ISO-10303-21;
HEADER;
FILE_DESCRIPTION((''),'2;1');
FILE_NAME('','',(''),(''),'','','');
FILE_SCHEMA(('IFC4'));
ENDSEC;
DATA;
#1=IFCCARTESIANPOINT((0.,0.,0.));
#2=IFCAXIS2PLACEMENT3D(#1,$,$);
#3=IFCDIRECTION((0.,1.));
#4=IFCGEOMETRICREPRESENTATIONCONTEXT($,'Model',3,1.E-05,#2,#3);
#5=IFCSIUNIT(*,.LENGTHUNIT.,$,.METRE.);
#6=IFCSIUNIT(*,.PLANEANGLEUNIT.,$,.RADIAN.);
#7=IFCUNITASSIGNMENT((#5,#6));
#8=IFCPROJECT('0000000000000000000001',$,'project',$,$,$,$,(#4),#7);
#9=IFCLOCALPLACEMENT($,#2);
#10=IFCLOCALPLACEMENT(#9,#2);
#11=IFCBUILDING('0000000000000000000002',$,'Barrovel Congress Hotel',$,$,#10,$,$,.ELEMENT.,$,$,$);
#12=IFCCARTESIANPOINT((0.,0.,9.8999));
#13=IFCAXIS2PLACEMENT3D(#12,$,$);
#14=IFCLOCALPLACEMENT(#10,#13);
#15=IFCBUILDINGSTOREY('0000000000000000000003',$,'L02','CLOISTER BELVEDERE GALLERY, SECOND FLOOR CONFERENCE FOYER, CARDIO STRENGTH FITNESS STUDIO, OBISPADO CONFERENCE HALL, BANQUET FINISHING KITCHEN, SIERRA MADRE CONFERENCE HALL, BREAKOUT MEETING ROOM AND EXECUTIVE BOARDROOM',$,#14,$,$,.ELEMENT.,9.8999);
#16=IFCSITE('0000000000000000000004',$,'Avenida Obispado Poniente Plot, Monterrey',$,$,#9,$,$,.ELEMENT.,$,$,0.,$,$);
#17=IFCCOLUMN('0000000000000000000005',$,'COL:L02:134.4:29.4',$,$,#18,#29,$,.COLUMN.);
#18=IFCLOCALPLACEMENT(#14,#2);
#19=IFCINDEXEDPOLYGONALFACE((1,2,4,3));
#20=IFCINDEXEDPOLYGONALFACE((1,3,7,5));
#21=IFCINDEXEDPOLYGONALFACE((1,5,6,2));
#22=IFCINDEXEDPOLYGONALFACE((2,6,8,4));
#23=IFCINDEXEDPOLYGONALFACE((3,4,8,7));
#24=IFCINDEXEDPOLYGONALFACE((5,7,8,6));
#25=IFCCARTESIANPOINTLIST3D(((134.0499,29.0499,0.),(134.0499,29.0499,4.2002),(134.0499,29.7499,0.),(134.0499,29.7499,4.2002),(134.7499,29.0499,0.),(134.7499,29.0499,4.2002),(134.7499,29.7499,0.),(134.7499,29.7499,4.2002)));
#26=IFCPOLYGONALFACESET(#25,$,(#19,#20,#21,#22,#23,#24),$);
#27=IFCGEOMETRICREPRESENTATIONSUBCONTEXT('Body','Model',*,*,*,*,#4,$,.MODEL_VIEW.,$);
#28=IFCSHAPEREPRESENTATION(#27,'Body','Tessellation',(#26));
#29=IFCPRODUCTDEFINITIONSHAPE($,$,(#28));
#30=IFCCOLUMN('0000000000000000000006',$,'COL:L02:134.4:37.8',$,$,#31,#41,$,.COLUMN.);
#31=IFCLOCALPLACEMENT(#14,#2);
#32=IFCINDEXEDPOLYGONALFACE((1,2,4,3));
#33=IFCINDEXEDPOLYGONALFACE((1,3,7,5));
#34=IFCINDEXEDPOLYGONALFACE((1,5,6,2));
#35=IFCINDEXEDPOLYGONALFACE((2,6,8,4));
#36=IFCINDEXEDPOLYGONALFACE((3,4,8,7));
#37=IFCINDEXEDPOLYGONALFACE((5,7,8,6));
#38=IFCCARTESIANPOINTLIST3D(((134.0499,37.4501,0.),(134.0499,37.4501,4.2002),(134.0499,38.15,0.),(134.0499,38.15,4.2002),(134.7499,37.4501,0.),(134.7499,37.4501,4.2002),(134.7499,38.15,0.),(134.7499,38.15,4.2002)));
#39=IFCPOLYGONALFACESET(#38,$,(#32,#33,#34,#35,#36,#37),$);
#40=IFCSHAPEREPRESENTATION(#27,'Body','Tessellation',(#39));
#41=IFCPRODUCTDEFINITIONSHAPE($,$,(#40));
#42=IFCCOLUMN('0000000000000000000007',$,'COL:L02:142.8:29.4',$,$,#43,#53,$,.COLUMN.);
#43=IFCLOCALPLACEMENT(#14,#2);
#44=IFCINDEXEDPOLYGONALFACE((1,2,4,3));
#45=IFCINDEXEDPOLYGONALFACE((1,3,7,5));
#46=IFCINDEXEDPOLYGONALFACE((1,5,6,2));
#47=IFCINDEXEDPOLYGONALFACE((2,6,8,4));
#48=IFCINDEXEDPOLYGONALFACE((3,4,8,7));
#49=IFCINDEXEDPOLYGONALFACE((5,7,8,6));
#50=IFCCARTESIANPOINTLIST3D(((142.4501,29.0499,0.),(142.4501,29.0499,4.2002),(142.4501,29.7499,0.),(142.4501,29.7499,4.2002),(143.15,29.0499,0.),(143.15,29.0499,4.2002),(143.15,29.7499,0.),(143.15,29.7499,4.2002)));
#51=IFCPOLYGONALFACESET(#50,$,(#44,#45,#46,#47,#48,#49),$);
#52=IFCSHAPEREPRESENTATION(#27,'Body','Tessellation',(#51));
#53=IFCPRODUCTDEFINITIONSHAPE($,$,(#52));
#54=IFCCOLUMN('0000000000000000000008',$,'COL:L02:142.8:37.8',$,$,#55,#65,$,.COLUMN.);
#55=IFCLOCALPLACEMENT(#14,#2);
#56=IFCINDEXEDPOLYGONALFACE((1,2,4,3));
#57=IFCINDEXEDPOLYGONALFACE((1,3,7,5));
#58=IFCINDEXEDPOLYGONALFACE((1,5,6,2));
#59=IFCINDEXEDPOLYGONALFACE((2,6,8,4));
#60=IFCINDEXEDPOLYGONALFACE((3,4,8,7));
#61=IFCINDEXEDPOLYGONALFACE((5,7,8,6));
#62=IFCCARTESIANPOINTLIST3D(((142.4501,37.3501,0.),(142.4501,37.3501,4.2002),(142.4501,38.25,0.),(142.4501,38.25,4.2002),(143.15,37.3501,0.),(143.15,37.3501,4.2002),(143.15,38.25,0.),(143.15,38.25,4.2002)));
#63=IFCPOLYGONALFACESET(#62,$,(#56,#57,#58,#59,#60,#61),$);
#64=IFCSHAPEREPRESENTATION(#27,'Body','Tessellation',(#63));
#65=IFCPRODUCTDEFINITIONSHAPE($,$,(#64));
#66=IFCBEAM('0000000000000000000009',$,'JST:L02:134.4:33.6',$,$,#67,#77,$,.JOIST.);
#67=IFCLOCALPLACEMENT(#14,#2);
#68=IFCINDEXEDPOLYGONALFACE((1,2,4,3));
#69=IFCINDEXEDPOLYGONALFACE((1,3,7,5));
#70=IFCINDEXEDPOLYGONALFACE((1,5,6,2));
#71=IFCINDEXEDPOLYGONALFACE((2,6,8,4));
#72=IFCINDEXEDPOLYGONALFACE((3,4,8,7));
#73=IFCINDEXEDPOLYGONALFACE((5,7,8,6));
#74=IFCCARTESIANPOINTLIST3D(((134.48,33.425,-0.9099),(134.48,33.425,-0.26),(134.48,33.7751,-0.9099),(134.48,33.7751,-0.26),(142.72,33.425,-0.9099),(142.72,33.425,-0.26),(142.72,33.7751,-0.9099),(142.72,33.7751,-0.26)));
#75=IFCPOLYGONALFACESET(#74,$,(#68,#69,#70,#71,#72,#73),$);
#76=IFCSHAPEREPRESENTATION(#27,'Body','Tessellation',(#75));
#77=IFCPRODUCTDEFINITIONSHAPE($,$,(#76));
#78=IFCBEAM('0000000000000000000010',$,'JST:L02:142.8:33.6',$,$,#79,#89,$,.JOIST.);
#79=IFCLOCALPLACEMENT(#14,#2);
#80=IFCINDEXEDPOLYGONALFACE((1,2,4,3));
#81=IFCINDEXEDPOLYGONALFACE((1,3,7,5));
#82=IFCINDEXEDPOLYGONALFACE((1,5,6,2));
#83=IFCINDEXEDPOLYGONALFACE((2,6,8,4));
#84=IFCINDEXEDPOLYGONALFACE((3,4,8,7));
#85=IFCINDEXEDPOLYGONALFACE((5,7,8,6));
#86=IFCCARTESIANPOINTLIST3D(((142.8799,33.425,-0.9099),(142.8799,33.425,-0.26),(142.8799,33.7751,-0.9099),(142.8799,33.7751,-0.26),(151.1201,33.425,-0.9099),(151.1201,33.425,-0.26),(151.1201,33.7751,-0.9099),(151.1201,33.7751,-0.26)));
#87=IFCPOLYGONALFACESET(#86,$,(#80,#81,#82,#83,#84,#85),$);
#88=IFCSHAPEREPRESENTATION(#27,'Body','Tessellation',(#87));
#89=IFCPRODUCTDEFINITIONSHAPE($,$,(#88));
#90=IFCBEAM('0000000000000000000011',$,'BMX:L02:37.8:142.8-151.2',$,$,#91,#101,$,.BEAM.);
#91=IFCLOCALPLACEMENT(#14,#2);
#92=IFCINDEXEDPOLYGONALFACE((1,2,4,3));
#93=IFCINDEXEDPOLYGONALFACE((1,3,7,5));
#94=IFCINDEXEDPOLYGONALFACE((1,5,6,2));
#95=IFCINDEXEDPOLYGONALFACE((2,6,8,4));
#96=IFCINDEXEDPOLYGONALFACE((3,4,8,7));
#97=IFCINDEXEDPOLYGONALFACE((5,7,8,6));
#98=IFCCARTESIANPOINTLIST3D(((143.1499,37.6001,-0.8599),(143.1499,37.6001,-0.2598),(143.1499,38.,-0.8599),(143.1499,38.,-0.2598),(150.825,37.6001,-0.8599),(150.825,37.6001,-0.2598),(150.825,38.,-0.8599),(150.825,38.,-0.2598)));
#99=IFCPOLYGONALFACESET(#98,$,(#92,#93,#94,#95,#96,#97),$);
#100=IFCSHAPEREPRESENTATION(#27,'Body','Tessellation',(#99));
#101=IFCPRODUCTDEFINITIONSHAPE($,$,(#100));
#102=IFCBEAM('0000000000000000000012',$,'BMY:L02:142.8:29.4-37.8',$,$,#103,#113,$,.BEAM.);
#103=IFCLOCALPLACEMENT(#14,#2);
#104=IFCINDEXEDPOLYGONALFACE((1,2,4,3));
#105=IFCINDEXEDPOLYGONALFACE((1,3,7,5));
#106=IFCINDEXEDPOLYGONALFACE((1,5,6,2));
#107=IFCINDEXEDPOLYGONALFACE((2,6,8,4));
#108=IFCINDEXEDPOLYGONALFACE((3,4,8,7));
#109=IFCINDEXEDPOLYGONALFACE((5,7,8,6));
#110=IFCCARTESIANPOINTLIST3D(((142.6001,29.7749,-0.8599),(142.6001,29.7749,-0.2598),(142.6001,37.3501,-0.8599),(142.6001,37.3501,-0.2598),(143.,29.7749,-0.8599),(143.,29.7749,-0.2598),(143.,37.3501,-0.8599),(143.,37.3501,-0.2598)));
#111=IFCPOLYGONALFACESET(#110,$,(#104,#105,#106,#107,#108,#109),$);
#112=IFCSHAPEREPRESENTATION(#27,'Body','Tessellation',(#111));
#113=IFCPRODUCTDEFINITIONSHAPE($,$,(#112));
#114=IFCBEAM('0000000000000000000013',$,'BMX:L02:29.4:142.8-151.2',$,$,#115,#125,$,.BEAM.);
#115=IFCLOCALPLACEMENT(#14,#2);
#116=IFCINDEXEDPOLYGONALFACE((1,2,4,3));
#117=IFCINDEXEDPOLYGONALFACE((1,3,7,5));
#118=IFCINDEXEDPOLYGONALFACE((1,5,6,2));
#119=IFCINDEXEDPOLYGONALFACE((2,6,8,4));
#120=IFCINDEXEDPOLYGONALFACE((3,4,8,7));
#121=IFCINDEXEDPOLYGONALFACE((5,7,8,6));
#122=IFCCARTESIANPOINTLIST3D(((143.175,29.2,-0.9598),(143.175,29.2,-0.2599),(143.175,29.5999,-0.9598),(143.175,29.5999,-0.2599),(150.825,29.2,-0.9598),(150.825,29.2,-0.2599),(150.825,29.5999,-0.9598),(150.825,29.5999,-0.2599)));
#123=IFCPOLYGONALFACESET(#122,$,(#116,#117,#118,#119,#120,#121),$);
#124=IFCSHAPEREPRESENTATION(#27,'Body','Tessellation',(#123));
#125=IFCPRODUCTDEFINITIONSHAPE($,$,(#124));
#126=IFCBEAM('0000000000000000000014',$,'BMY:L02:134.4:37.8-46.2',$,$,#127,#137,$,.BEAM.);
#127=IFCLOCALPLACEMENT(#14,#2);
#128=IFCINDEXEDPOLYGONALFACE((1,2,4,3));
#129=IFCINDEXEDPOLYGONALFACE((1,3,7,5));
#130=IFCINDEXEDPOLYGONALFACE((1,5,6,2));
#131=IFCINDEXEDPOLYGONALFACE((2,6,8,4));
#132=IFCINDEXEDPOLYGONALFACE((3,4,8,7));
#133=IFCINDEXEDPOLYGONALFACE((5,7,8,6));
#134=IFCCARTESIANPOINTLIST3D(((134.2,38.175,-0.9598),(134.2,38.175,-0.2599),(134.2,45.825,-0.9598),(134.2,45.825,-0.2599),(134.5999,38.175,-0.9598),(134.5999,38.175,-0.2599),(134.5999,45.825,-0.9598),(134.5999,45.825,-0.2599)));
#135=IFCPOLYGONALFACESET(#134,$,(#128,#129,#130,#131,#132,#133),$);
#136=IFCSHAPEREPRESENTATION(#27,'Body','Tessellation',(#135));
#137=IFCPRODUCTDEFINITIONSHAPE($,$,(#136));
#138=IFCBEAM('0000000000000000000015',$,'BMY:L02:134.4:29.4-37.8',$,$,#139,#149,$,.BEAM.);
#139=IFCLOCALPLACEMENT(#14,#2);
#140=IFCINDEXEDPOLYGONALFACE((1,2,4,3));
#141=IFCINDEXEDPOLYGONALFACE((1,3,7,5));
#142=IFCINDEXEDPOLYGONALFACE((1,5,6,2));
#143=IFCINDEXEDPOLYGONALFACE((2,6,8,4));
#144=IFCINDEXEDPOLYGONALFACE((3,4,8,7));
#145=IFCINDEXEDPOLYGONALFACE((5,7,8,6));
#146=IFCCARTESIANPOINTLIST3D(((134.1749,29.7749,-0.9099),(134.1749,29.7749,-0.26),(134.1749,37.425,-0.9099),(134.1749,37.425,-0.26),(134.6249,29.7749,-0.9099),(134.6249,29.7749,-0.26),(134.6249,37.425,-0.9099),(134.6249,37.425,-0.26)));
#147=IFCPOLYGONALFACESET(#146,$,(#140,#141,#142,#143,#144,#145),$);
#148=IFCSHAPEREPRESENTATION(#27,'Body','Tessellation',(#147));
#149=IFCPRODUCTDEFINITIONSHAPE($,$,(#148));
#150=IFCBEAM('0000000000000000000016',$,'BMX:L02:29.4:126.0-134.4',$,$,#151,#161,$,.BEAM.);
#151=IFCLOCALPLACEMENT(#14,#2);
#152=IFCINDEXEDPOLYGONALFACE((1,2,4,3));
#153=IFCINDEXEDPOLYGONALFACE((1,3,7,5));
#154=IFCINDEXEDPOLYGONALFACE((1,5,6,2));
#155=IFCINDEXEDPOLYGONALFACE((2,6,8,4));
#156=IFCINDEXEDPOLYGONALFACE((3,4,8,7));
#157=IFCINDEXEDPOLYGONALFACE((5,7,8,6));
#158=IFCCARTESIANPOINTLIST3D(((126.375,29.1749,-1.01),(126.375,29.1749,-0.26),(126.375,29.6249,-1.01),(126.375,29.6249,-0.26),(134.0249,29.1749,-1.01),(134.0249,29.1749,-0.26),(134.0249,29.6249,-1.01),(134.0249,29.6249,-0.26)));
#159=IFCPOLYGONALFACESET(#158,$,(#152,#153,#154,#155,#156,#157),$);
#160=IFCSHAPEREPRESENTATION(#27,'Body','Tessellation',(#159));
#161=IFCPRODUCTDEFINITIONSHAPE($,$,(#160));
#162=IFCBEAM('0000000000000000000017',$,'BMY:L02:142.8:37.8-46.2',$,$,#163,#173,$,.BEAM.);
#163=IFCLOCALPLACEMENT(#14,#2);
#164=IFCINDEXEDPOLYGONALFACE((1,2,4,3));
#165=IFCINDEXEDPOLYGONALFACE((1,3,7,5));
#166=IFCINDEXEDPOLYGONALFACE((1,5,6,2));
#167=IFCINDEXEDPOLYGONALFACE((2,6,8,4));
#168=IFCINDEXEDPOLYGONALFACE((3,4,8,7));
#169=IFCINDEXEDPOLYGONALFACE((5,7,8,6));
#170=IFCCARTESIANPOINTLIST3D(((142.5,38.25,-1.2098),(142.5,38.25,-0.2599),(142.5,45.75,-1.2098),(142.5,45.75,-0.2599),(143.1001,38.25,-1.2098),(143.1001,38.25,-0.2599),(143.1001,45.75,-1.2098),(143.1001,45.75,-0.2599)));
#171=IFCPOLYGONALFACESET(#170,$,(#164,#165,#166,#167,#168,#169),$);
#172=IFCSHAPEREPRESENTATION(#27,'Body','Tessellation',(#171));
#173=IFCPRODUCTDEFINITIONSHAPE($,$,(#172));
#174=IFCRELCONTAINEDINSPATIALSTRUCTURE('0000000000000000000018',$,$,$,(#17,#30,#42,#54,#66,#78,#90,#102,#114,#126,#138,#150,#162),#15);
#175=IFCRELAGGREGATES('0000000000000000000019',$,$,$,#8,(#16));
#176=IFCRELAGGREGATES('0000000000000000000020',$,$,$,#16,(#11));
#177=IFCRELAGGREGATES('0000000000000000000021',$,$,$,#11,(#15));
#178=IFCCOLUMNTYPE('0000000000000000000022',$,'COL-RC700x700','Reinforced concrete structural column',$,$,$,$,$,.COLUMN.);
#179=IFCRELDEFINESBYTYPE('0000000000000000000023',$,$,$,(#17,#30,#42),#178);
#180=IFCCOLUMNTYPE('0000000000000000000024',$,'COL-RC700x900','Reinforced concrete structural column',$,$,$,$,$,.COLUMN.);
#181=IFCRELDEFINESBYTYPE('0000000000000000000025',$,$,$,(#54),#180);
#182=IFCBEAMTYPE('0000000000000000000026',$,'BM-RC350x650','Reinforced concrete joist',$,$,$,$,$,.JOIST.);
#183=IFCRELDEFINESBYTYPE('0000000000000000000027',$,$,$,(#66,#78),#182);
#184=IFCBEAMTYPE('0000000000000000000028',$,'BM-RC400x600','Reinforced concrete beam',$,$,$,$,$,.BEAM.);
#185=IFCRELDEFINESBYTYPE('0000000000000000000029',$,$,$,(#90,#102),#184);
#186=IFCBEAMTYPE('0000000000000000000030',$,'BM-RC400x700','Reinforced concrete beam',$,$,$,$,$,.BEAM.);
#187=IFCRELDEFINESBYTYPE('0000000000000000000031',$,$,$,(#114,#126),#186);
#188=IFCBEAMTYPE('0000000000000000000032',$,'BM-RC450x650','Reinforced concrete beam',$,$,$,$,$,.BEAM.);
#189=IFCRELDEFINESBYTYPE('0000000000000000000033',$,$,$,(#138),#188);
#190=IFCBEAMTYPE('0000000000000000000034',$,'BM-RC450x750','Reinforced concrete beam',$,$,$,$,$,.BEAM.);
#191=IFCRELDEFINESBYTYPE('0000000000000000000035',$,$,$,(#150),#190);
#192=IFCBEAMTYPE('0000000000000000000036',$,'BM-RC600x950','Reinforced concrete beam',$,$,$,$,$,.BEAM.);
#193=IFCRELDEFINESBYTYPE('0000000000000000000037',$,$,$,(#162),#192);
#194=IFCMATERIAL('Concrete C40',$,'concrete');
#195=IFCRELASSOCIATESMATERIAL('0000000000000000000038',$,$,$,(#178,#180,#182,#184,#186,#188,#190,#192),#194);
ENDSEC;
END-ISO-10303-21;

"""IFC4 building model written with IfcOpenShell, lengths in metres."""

from ifc_helpers import new_model, si_unit, direction, frame, origin, origin_2d, place, context, subcontext, project, spatial, rectangle, extrude, material, material_profile, profile_set, type_object, element, save


model = new_model("IFC4")

# Units and contexts
model_context = context("Model", 3, precision=1e-05, world=origin(), true_north=direction((0.0, 1.0)))
body_context = subcontext(model_context, "Body", "Model", "MODEL_VIEW")
ifc_project = project(units=[si_unit("LENGTHUNIT", "METRE"), si_unit("PLANEANGLEUNIT", "RADIAN")], contexts=[model_context])

# Site, building, storey
site_placement = place(None, origin())
site = spatial("IfcSite", under=ifc_project, at=site_placement, Name="Avenida Obispado Poniente Plot, Monterrey", CompositionType="ELEMENT", RefElevation=0.0)
building_placement = place(site_placement, origin())
building = spatial("IfcBuilding", under=site, at=building_placement, Name="Barrovel Congress Hotel", CompositionType="ELEMENT")
storey_placement = place(building_placement, frame((0.0, 0.0, 9.8999)))
storey = spatial("IfcBuildingStorey", under=building, at=storey_placement, Name="L02", Description="CLOISTER BELVEDERE GALLERY, SECOND FLOOR CONFERENCE FOYER, CARDIO STRENGTH FITNESS STUDIO, OBISPADO CONFERENCE HALL, BANQUET FINISHING KITCHEN, SIERRA MADRE CONFERENCE HALL, BREAKOUT MEETING ROOM AND EXECUTIVE BOARDROOM", CompositionType="ELEMENT", Elevation=9.8999)

# Columns
ifc_material_1 = material(Name="Concrete C40", Category="concrete")
ifc_material_profile_1 = material_profile(ifc_material_1, rectangle(XDim=0.7, YDim=0.7, at=origin_2d()), Name="RC700x700")
ifc_profile_set_1 = profile_set([ifc_material_profile_1], Name="Concrete C40")
column_type_1 = type_object("IfcColumnType", Name="COL-RC700x700", Description="Reinforced concrete structural column", PredefinedType="COLUMN", material=ifc_profile_set_1)
for number, where, z_axis, x_axis, name in (
    (1, (134.3999, 29.3999, 0.0), (0.0, 0.0, 1.0), (1.0, 0.0, 0.0), "COL:L02:134.4:29.4"),
    (2, (134.3999, 37.8, 0.0), (0.0, 0.0, 1.0), (1.0, 0.0, 0.0), "COL:L02:134.4:37.8"),
    (3, (142.8, 29.3999, 0.0), (0.0, 0.0, 1.0), (1.0, 0.0, 0.0), "COL:L02:142.8:29.4"),
):
    element("IfcColumn", number, at=place(storey_placement, frame(where, z_axis=z_axis, x_axis=x_axis)), inside=storey, type_object=column_type_1, Name=name, PredefinedType="COLUMN", context=body_context, shape_type="SweptSolid", body=[
        extrude(rectangle(XDim=0.7, YDim=0.7, at=origin_2d()), origin(), (0.0, 0.0, 1.0), 4.2002),
    ])
ifc_material_profile_2 = material_profile(ifc_material_1, rectangle(XDim=0.7, YDim=0.8999, at=origin_2d()), Name="RC700x900")
ifc_profile_set_2 = profile_set([ifc_material_profile_2], Name="Concrete C40")
column_type_2 = type_object("IfcColumnType", Name="COL-RC700x900", Description="Reinforced concrete structural column", PredefinedType="COLUMN", material=ifc_profile_set_2)
column_placement = place(storey_placement, frame((142.8, 37.8, 0.0), z_axis=(0.0, 0.0, 1.0), x_axis=(1.0, 0.0, 0.0)))
element("IfcColumn", 4, at=column_placement, inside=storey, type_object=column_type_2, Name="COL:L02:142.8:37.8", PredefinedType="COLUMN", context=body_context, shape_type="SweptSolid", body=[
    extrude(rectangle(XDim=0.7, YDim=0.8999, at=origin_2d()), origin(), (0.0, 0.0, 1.0), 4.2002),
])

# Beams
ifc_material_profile_3 = material_profile(ifc_material_1, rectangle(XDim=0.3501, YDim=0.6499, at=origin_2d()), Name="RC350x650")
ifc_profile_set_3 = profile_set([ifc_material_profile_3], Name="Concrete C40")
beam_type_1 = type_object("IfcBeamType", Name="BM-RC350x650", Description="Reinforced concrete joist", PredefinedType="JOIST", material=ifc_profile_set_3)
beam_1_placement = place(storey_placement, frame((134.48, 33.6001, -0.585), z_axis=(1.0, 0.0, 0.0), x_axis=(0.0, 1.0, 0.0)))
element("IfcBeam", 5, at=beam_1_placement, inside=storey, type_object=beam_type_1, Name="JST:L02:134.4:33.6", PredefinedType="JOIST", context=body_context, shape_type="SweptSolid", body=[
    extrude(rectangle(XDim=0.3501, YDim=0.6499, at=origin_2d()), origin(), (0.0, 0.0, 1.0), 8.24),
])
beam_2_placement = place(storey_placement, frame((142.8799, 33.6001, -0.585), z_axis=(1.0, 0.0, 0.0), x_axis=(0.0, 1.0, 0.0)))
element("IfcBeam", 6, at=beam_2_placement, inside=storey, type_object=beam_type_1, Name="JST:L02:142.8:33.6", PredefinedType="JOIST", context=body_context, shape_type="SweptSolid", body=[
    extrude(rectangle(XDim=0.3501, YDim=0.6499, at=origin_2d()), origin(), (0.0, 0.0, 1.0), 8.2402),
])
ifc_material_profile_4 = material_profile(ifc_material_1, rectangle(XDim=0.3999, YDim=0.6001, at=origin_2d()), Name="RC400x600")
ifc_profile_set_4 = profile_set([ifc_material_profile_4], Name="Concrete C40")
beam_type_2 = type_object("IfcBeamType", Name="BM-RC400x600", Description="Reinforced concrete beam", PredefinedType="BEAM", material=ifc_profile_set_4)
beam_3_placement = place(storey_placement, frame((143.1499, 37.8, -0.5598), z_axis=(1.0, 0.0, 0.0), x_axis=(0.0, 1.0, 0.0)))
element("IfcBeam", 7, at=beam_3_placement, inside=storey, type_object=beam_type_2, Name="BMX:L02:37.8:142.8-151.2", PredefinedType="BEAM", context=body_context, shape_type="SweptSolid", body=[
    extrude(rectangle(XDim=0.3999, YDim=0.6001, at=origin_2d()), origin(), (0.0, 0.0, 1.0), 7.675),
])
beam_4_placement = place(storey_placement, frame((142.8, 29.7749, -0.5598), z_axis=(0.0, 1.0, 0.0), x_axis=(-1.0, 0.0, 0.0)))
element("IfcBeam", 8, at=beam_4_placement, inside=storey, type_object=beam_type_2, Name="BMY:L02:142.8:29.4-37.8", PredefinedType="BEAM", context=body_context, shape_type="SweptSolid", body=[
    extrude(rectangle(XDim=0.3999, YDim=0.6001, at=origin_2d()), origin(), (0.0, 0.0, 1.0), 7.5752),
])
ifc_material_profile_5 = material_profile(ifc_material_1, rectangle(XDim=0.3999, YDim=0.7, at=origin_2d()), Name="RC400x700")
ifc_profile_set_5 = profile_set([ifc_material_profile_5], Name="Concrete C40")
beam_type_3 = type_object("IfcBeamType", Name="BM-RC400x700", Description="Reinforced concrete beam", PredefinedType="BEAM", material=ifc_profile_set_5)
for number, where, z_axis, x_axis, name in (
    (9, (143.175, 29.3999, -0.6099), (1.0, 0.0, 0.0), (0.0, 1.0, 0.0), "BMX:L02:29.4:142.8-151.2"),
    (10, (134.3999, 38.175, -0.6099), (0.0, 1.0, 0.0), (-1.0, 0.0, 0.0), "BMY:L02:134.4:37.8-46.2"),
):
    element("IfcBeam", number, at=place(storey_placement, frame(where, z_axis=z_axis, x_axis=x_axis)), inside=storey, type_object=beam_type_3, Name=name, PredefinedType="BEAM", context=body_context, shape_type="SweptSolid", body=[
        extrude(rectangle(XDim=0.3999, YDim=0.7, at=origin_2d()), origin(), (0.0, 0.0, 1.0), 7.6499),
    ])
ifc_material_profile_6 = material_profile(ifc_material_1, rectangle(XDim=0.45, YDim=0.6499, at=origin_2d()), Name="RC450x650")
ifc_profile_set_6 = profile_set([ifc_material_profile_6], Name="Concrete C40")
beam_type_4 = type_object("IfcBeamType", Name="BM-RC450x650", Description="Reinforced concrete beam", PredefinedType="BEAM", material=ifc_profile_set_6)
beam_5_placement = place(storey_placement, frame((134.3999, 29.7749, -0.585), z_axis=(0.0, 1.0, 0.0), x_axis=(-1.0, 0.0, 0.0)))
element("IfcBeam", 11, at=beam_5_placement, inside=storey, type_object=beam_type_4, Name="BMY:L02:134.4:29.4-37.8", PredefinedType="BEAM", context=body_context, shape_type="SweptSolid", body=[
    extrude(rectangle(XDim=0.45, YDim=0.6499, at=origin_2d()), origin(), (0.0, 0.0, 1.0), 7.6501),
])
ifc_material_profile_7 = material_profile(ifc_material_1, rectangle(XDim=0.45, YDim=0.75, at=origin_2d()), Name="RC450x750")
ifc_profile_set_7 = profile_set([ifc_material_profile_7], Name="Concrete C40")
beam_type_5 = type_object("IfcBeamType", Name="BM-RC450x750", Description="Reinforced concrete beam", PredefinedType="BEAM", material=ifc_profile_set_7)
beam_6_placement = place(storey_placement, frame((126.375, 29.3999, -0.635), z_axis=(1.0, 0.0, 0.0), x_axis=(0.0, 1.0, 0.0)))
element("IfcBeam", 12, at=beam_6_placement, inside=storey, type_object=beam_type_5, Name="BMX:L02:29.4:126.0-134.4", PredefinedType="BEAM", context=body_context, shape_type="SweptSolid", body=[
    extrude(rectangle(XDim=0.45, YDim=0.75, at=origin_2d()), origin(), (0.0, 0.0, 1.0), 7.6499),
])
ifc_material_profile_8 = material_profile(ifc_material_1, rectangle(XDim=0.6001, YDim=0.95, at=origin_2d()), Name="RC600x950")
ifc_profile_set_8 = profile_set([ifc_material_profile_8], Name="Concrete C40")
beam_type_6 = type_object("IfcBeamType", Name="BM-RC600x950", Description="Reinforced concrete beam", PredefinedType="BEAM", material=ifc_profile_set_8)
beam_7_placement = place(storey_placement, frame((142.8, 38.25, -0.7349), z_axis=(0.0, 1.0, 0.0), x_axis=(-1.0, 0.0, 0.0)))
element("IfcBeam", 13, at=beam_7_placement, inside=storey, type_object=beam_type_6, Name="BMY:L02:142.8:37.8-46.2", PredefinedType="BEAM", context=body_context, shape_type="SweptSolid", body=[
    extrude(rectangle(XDim=0.6001, YDim=0.95, at=origin_2d()), origin(), (0.0, 0.0, 1.0), 7.5),
])

save(model, "model.ifc")
